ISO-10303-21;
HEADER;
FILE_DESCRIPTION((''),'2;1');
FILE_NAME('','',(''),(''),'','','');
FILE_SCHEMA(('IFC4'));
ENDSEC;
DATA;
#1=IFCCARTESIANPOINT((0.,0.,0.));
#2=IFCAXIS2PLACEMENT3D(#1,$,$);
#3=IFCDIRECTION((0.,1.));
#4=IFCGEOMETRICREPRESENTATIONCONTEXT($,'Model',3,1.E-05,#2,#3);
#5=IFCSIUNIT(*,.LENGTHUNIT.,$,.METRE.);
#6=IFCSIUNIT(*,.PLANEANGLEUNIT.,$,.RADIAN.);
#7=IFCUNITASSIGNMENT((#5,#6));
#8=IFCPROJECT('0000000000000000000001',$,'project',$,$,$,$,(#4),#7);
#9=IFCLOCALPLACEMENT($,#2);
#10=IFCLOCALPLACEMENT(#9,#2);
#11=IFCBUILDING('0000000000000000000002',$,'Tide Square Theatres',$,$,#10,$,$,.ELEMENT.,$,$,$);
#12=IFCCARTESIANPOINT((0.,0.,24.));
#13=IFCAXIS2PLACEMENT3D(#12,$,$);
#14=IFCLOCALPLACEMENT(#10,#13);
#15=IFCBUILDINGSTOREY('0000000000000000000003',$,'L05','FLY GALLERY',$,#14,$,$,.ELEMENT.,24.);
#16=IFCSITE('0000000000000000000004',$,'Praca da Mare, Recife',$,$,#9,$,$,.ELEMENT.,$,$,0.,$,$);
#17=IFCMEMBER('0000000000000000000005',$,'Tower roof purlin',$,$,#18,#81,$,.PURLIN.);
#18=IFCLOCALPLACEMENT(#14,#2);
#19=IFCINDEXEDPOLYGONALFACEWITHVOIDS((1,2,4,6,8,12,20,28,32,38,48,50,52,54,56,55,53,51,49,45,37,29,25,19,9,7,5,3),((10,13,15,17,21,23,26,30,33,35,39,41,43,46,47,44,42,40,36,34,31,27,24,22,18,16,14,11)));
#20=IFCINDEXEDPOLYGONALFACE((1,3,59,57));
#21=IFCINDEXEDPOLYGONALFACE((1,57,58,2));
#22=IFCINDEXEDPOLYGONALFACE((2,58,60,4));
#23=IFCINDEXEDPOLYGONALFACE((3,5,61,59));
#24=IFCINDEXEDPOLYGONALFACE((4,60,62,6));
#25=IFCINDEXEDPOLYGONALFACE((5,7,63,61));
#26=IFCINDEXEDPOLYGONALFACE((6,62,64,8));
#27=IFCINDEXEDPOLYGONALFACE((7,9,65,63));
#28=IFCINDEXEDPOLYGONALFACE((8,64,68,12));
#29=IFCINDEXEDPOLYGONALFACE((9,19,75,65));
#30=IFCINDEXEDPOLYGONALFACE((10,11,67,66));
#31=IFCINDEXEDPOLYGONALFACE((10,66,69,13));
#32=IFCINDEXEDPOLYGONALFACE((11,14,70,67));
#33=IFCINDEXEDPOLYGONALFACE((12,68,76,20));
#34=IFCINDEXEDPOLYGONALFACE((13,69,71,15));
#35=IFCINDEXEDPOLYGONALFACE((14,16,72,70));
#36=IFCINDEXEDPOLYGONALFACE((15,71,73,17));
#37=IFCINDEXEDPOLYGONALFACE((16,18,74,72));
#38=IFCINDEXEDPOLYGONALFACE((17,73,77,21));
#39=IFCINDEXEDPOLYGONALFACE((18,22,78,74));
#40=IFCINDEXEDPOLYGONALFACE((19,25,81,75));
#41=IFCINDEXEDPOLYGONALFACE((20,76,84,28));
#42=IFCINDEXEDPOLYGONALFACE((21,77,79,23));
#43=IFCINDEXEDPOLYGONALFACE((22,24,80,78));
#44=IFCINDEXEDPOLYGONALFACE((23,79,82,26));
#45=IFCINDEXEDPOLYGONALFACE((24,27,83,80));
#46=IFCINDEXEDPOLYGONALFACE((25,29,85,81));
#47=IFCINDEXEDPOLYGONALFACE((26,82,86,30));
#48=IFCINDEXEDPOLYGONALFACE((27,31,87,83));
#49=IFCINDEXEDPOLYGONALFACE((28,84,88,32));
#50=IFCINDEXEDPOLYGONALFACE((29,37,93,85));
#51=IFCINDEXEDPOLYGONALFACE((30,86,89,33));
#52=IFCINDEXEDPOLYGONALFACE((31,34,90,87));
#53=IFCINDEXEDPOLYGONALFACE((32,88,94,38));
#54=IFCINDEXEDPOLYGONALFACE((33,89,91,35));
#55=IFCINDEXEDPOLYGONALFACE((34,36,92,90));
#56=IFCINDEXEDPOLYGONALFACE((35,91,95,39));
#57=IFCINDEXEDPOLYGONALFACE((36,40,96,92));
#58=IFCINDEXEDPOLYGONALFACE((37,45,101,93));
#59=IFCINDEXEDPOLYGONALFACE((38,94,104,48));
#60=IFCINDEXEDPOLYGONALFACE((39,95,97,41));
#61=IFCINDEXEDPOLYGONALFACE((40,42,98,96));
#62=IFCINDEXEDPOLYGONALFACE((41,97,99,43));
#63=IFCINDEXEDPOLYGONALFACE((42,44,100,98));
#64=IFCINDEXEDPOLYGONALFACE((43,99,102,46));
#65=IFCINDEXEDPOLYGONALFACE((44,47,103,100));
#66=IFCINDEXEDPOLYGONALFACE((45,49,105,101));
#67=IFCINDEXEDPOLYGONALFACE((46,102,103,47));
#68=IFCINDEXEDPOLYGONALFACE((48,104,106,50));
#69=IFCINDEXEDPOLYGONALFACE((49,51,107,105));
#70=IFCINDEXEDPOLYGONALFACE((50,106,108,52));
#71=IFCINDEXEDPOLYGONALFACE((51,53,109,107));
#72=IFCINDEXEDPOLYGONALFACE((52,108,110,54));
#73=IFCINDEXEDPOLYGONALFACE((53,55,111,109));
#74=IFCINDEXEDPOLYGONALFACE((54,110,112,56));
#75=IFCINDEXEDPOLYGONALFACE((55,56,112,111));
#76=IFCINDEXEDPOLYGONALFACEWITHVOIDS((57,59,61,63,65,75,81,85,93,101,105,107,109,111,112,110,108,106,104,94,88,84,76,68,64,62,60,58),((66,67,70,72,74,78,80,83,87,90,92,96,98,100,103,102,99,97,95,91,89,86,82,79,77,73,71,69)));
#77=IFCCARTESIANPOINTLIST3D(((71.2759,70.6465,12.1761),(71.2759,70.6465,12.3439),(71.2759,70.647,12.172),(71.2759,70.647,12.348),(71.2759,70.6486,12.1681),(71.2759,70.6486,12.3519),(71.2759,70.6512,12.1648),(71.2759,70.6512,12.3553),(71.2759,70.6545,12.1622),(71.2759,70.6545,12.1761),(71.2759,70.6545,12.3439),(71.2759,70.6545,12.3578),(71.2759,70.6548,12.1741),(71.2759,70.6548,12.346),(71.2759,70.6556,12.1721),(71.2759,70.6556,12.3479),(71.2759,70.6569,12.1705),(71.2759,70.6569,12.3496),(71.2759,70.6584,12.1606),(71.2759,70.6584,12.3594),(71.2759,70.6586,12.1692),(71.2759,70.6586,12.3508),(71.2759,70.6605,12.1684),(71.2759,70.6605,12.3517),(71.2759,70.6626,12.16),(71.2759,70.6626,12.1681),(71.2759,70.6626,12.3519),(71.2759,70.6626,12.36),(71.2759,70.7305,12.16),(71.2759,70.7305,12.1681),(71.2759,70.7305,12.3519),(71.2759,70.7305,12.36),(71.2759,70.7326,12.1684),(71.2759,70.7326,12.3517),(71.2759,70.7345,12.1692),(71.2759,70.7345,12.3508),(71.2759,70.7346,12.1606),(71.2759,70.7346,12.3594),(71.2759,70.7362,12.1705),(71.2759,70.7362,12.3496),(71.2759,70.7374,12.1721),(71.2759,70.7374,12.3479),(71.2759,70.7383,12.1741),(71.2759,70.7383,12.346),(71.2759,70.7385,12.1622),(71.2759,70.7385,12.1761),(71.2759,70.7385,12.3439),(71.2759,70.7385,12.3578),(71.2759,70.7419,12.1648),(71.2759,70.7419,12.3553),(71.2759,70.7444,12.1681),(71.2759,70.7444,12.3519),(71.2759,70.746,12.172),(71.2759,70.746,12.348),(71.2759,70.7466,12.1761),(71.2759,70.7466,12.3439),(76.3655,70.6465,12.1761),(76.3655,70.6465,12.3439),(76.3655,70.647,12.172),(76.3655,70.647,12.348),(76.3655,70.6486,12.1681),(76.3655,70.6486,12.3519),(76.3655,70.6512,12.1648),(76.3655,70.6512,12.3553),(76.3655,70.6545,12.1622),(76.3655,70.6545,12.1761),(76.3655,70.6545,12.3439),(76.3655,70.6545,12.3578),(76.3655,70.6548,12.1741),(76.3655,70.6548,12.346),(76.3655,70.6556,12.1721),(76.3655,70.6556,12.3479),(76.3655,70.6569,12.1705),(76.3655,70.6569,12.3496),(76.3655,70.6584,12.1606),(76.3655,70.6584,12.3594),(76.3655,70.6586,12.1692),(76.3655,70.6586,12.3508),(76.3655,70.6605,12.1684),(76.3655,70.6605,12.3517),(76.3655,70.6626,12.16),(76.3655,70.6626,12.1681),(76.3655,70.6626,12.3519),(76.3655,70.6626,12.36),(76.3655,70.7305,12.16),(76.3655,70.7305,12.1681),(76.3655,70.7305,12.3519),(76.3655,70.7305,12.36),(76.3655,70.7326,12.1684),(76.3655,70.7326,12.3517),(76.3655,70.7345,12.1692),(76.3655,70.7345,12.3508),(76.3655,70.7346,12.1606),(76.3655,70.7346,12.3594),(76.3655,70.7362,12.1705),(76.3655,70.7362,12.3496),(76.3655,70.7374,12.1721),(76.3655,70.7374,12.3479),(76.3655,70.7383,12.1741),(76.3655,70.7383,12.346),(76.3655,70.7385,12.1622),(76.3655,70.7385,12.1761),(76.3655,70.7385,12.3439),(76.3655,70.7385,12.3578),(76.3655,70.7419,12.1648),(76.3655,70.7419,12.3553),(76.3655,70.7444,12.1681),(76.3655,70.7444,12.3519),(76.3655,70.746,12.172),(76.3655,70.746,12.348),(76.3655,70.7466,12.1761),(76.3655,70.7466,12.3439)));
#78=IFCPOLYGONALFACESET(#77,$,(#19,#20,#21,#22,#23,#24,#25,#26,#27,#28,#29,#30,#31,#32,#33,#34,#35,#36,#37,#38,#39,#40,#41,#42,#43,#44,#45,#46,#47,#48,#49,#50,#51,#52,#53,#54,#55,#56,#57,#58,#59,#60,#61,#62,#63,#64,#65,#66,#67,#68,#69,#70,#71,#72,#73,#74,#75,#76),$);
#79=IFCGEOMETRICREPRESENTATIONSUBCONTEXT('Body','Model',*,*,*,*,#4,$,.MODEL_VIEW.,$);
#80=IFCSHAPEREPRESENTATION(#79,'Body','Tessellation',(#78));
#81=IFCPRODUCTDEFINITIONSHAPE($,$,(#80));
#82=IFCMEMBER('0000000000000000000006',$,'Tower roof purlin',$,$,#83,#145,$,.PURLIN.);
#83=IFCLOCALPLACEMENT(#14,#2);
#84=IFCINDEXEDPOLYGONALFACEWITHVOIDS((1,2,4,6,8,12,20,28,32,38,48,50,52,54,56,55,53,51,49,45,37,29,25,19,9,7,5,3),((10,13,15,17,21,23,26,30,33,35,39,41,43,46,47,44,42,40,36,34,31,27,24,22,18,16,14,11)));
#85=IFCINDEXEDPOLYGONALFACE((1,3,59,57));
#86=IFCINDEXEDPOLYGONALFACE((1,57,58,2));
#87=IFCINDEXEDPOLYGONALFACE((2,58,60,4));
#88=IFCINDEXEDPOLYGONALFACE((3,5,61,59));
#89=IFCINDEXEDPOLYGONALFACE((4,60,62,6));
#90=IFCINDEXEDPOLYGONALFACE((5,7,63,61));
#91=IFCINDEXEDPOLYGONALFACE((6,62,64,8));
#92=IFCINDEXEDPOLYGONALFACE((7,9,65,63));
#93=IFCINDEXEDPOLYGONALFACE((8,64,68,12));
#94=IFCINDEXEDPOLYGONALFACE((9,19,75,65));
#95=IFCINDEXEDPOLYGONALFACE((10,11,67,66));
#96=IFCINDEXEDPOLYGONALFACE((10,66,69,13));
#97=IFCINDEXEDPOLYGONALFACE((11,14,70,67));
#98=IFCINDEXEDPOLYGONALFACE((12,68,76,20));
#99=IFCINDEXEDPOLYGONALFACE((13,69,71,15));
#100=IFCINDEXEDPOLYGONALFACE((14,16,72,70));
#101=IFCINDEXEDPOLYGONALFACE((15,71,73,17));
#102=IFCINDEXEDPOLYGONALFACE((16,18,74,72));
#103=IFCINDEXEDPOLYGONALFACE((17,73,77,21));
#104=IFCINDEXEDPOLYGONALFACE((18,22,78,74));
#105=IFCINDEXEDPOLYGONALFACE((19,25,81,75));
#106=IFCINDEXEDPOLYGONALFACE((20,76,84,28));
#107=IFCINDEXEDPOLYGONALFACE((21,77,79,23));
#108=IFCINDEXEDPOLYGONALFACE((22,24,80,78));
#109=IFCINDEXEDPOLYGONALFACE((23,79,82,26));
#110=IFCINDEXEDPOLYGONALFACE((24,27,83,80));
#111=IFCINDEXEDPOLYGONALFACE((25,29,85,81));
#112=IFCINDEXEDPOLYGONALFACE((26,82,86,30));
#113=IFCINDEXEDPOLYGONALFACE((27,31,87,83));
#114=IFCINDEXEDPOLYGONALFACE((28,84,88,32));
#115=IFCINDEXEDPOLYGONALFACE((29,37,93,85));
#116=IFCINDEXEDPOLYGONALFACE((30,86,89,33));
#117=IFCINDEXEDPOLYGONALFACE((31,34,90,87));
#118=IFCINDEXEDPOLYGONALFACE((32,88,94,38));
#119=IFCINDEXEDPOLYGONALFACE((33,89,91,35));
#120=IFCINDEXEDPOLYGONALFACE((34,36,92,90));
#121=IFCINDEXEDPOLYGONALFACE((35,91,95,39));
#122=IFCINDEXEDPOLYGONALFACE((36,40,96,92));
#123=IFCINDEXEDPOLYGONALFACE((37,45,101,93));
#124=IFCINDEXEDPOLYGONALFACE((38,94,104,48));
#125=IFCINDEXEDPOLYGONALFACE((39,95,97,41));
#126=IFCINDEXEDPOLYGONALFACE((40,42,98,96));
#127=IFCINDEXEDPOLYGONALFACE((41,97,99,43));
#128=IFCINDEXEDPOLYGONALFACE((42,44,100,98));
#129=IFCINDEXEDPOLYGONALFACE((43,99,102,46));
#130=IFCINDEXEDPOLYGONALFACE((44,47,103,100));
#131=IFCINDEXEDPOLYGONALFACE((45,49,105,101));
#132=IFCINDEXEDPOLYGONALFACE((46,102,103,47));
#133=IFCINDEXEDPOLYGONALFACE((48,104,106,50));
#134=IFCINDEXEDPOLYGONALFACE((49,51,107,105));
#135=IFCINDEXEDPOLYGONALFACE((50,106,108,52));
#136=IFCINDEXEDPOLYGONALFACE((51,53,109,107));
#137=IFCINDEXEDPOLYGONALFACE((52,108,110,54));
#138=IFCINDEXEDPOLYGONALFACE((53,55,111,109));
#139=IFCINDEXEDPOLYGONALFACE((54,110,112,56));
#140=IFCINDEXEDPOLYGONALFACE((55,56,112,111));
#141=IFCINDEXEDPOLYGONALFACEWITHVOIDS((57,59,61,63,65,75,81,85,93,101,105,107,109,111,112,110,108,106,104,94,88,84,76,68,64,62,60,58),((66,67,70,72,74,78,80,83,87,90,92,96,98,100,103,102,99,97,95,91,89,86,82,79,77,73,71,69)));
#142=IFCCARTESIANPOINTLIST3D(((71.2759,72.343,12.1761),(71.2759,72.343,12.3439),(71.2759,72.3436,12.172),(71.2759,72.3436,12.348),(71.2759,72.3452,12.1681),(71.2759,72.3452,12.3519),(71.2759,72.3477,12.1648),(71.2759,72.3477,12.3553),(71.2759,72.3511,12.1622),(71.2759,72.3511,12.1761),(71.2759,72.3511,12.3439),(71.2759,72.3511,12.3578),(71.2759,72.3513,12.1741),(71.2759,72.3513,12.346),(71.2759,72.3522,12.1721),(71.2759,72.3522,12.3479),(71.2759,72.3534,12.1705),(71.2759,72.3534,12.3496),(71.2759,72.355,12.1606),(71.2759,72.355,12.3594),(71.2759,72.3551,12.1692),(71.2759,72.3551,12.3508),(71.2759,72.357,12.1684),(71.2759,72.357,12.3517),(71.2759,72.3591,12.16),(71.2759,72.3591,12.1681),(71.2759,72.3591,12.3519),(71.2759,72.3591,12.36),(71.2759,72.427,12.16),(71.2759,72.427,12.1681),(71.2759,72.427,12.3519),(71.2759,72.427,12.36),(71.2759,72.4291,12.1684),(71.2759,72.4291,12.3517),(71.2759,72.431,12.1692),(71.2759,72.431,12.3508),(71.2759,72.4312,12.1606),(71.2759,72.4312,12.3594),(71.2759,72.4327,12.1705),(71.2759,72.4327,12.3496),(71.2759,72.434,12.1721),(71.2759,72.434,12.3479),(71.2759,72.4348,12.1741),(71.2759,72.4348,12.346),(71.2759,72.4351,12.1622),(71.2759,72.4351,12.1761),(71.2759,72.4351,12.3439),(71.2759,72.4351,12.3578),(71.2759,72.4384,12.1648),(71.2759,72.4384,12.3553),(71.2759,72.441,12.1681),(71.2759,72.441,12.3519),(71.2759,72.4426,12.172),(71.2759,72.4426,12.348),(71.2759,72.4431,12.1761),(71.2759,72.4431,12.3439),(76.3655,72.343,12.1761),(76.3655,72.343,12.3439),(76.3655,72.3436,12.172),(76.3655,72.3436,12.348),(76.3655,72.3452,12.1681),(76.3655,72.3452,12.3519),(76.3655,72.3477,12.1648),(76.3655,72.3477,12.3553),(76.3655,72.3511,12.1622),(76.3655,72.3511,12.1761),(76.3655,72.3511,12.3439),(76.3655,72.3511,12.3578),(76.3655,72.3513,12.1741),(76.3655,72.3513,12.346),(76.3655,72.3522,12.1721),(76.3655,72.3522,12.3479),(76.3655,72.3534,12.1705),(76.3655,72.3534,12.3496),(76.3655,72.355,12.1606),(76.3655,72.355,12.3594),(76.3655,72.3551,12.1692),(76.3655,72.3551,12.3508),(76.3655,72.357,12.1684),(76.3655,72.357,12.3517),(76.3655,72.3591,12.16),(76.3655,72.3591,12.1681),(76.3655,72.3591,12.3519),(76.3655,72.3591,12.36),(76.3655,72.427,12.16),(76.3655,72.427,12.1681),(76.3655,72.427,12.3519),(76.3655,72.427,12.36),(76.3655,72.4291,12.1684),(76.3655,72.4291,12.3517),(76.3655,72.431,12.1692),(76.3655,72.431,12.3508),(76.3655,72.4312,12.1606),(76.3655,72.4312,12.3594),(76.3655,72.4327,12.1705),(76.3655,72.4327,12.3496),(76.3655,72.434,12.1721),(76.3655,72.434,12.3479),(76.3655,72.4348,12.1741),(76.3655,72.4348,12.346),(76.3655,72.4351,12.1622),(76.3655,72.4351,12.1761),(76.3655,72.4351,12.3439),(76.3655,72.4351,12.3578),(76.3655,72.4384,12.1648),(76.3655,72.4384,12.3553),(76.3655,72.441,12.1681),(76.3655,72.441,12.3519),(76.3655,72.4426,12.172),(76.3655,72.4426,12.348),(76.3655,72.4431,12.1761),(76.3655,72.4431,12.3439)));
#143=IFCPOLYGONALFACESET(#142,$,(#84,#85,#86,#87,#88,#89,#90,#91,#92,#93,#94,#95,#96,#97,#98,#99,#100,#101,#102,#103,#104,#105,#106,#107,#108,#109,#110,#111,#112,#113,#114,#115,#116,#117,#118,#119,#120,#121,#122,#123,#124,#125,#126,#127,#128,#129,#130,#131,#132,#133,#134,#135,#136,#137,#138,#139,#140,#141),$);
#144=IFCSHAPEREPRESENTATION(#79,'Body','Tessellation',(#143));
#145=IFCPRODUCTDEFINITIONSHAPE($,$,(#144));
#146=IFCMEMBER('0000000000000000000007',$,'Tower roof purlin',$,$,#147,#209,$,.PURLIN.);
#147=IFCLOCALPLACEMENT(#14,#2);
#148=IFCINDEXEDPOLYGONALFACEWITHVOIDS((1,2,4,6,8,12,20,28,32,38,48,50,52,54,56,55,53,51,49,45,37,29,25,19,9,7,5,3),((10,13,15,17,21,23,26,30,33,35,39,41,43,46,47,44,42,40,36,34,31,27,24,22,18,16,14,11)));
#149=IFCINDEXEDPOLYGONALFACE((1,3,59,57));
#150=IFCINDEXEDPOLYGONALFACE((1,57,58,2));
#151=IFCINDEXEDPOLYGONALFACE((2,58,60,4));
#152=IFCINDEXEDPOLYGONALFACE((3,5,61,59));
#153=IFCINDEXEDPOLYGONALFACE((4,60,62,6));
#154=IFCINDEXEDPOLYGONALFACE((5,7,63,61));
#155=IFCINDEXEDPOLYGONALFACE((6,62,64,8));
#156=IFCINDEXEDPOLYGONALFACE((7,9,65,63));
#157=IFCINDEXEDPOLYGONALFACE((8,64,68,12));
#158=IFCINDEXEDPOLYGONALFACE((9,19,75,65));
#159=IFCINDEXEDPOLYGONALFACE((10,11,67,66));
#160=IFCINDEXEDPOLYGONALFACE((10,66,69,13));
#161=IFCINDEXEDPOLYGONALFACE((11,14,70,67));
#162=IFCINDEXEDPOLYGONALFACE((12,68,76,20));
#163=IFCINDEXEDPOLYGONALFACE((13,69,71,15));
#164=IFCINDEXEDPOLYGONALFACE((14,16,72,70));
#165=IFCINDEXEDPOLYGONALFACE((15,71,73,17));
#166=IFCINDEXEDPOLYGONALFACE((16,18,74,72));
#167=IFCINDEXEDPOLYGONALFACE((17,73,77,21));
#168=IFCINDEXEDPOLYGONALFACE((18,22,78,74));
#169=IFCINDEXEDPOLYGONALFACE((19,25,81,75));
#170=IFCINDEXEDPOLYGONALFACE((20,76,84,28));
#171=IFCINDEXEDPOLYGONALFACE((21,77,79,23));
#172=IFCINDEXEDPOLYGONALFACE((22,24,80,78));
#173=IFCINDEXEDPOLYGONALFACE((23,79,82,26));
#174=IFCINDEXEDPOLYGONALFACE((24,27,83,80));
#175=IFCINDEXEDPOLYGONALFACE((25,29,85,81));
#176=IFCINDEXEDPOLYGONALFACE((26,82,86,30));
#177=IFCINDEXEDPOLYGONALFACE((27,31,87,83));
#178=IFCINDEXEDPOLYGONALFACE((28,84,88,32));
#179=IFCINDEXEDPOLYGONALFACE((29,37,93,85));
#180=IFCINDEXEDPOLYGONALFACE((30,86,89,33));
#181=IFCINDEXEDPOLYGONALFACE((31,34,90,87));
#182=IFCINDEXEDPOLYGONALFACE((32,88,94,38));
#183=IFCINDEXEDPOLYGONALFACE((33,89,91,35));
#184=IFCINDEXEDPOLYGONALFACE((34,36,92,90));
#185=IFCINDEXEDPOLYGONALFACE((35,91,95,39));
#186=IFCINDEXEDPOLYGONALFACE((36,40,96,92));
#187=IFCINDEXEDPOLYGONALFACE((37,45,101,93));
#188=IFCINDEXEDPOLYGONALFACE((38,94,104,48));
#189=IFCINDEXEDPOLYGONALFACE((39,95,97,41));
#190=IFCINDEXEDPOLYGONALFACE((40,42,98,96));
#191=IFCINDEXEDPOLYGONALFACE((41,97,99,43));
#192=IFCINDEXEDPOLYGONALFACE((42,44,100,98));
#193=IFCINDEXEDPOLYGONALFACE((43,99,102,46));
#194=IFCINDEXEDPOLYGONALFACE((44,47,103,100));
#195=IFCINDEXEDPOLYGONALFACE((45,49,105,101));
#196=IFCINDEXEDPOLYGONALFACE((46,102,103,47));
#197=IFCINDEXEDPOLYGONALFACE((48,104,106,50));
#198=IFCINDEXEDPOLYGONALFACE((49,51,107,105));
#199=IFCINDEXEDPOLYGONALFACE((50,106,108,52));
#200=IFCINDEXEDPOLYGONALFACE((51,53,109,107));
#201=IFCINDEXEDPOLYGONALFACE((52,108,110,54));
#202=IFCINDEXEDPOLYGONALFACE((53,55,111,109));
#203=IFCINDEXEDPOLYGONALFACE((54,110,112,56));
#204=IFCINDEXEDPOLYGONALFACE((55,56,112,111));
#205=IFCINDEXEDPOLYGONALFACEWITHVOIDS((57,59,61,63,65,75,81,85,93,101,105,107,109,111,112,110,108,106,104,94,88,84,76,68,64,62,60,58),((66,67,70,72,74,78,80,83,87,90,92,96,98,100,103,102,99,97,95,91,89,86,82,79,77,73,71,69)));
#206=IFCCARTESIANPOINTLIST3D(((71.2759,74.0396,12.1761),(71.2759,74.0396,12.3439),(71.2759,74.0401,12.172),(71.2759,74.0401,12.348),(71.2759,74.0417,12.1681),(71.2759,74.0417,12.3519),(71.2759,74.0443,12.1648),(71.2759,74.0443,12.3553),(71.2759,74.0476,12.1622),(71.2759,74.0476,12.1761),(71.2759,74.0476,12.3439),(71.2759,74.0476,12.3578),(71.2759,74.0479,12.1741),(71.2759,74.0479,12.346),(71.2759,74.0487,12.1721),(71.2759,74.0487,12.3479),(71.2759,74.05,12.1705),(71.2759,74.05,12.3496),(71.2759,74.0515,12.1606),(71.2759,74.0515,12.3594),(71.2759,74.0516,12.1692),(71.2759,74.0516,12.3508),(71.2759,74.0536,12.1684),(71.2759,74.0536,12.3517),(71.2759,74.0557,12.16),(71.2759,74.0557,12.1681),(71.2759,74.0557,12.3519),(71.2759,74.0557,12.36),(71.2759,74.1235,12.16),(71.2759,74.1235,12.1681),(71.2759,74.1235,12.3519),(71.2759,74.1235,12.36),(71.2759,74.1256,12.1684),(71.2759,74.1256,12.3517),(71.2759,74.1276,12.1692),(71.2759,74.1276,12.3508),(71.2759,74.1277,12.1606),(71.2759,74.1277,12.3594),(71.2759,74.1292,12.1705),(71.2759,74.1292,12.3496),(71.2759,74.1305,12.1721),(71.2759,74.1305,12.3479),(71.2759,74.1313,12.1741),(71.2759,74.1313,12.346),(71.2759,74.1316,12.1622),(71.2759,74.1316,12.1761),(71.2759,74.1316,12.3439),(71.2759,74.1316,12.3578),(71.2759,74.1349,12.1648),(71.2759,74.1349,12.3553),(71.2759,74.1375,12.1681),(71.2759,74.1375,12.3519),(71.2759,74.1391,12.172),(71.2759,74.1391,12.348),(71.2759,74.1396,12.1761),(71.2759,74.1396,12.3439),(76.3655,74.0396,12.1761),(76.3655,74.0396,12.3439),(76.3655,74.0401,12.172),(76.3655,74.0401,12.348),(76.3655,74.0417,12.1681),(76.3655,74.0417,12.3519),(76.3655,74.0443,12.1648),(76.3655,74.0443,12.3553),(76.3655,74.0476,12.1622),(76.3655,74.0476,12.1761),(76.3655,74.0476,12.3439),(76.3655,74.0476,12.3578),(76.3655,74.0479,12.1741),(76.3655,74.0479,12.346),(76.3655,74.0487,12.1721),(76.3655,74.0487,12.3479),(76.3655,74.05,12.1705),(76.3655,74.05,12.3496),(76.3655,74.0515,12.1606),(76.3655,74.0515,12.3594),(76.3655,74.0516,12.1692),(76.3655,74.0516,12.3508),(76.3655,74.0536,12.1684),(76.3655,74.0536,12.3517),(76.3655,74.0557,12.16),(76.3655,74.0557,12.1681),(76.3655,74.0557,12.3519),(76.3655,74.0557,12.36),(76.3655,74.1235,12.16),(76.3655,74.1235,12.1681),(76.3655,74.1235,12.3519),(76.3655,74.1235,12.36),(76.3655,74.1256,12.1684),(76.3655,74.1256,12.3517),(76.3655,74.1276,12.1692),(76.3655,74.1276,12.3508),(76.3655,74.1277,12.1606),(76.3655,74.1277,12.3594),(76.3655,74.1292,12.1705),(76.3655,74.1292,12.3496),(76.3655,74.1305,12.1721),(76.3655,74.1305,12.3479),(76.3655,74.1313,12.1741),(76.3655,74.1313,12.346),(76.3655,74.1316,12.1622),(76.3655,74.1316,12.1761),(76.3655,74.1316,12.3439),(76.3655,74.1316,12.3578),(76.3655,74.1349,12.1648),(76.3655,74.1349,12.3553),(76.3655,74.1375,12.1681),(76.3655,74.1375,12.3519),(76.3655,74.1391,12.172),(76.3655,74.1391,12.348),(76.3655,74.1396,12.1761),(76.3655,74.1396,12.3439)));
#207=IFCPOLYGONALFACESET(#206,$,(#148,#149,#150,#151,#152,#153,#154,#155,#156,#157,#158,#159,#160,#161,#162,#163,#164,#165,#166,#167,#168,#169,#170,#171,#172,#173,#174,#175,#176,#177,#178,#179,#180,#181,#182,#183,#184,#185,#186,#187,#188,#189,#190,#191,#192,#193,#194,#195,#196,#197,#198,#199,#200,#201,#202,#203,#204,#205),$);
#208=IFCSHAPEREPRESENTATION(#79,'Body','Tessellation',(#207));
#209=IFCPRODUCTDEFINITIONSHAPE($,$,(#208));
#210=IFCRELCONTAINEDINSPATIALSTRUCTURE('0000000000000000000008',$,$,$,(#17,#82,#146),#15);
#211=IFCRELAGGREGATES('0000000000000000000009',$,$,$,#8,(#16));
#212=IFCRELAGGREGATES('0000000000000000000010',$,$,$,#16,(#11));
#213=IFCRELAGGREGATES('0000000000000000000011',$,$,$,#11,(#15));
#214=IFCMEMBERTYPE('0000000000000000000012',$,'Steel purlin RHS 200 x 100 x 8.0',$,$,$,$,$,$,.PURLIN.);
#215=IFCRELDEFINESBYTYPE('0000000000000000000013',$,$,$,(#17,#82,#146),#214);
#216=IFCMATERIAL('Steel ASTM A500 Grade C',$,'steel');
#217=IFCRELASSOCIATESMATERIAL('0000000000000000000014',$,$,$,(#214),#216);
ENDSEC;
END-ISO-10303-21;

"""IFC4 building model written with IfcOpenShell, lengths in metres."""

from ifc_helpers import new_model, si_unit, direction, frame, origin, origin_2d, place, context, subcontext, project, spatial, hollow_rectangle, extrude, material, material_profile, profile_set, type_object, element, save


model = new_model("IFC4")

# Units and contexts
model_context = context("Model", 3, precision=1e-05, world=origin(), true_north=direction((0.0, 1.0)))
body_context = subcontext(model_context, "Body", "Model", "MODEL_VIEW")
ifc_project = project(units=[si_unit("LENGTHUNIT", "METRE"), si_unit("PLANEANGLEUNIT", "RADIAN")], contexts=[model_context])

# Site, building, storey
site_placement = place(None, origin())
site = spatial("IfcSite", under=ifc_project, at=site_placement, Name="Praca da Mare, Recife", CompositionType="ELEMENT", RefElevation=0.0)
building_placement = place(site_placement, origin())
building = spatial("IfcBuilding", under=site, at=building_placement, Name="Tide Square Theatres", CompositionType="ELEMENT")
storey_placement = place(building_placement, frame((0.0, 0.0, 24.0)))
storey = spatial("IfcBuildingStorey", under=building, at=storey_placement, Name="L05", Description="FLY GALLERY", CompositionType="ELEMENT", Elevation=24.0)

# Members
ifc_material_1 = material(Name="Steel ASTM A500 Grade C", Category="steel")
ifc_material_profile_1 = material_profile(ifc_material_1, hollow_rectangle(XDim=0.1001, YDim=0.2, WallThickness=0.0081, InnerFilletRadius=0.0081, OuterFilletRadius=0.0161, at=origin_2d()))
ifc_profile_set_1 = profile_set([ifc_material_profile_1], Name="Steel ASTM A500 Grade C")
member_type = type_object("IfcMemberType", Name="Steel purlin RHS 200 x 100 x 8.0", PredefinedType="PURLIN", material=ifc_profile_set_1)
for number, where, z_axis, x_axis, name in (
    (1, (71.2759, 70.6965, 12.26), (1.0, 0.0, 0.0), (0.0, 1.0, 0.0), "Tower roof purlin"),
    (2, (71.2759, 72.3931, 12.26), (1.0, 0.0, 0.0), (0.0, 1.0, 0.0), "Tower roof purlin"),
    (3, (71.2759, 74.0896, 12.26), (1.0, 0.0, 0.0), (0.0, 1.0, 0.0), "Tower roof purlin"),
):
    element("IfcMember", number, at=place(storey_placement, frame(where, z_axis=z_axis, x_axis=x_axis)), inside=storey, type_object=member_type, Name=name, PredefinedType="PURLIN", context=body_context, shape_type="SweptSolid", body=[
        extrude(hollow_rectangle(XDim=0.1001, YDim=0.2, WallThickness=0.0081, InnerFilletRadius=0.0081, OuterFilletRadius=0.0161, at=origin_2d()), origin(), (0.0, 0.0, 1.0), 5.0896),
    ])

save(model, "model.ifc")
